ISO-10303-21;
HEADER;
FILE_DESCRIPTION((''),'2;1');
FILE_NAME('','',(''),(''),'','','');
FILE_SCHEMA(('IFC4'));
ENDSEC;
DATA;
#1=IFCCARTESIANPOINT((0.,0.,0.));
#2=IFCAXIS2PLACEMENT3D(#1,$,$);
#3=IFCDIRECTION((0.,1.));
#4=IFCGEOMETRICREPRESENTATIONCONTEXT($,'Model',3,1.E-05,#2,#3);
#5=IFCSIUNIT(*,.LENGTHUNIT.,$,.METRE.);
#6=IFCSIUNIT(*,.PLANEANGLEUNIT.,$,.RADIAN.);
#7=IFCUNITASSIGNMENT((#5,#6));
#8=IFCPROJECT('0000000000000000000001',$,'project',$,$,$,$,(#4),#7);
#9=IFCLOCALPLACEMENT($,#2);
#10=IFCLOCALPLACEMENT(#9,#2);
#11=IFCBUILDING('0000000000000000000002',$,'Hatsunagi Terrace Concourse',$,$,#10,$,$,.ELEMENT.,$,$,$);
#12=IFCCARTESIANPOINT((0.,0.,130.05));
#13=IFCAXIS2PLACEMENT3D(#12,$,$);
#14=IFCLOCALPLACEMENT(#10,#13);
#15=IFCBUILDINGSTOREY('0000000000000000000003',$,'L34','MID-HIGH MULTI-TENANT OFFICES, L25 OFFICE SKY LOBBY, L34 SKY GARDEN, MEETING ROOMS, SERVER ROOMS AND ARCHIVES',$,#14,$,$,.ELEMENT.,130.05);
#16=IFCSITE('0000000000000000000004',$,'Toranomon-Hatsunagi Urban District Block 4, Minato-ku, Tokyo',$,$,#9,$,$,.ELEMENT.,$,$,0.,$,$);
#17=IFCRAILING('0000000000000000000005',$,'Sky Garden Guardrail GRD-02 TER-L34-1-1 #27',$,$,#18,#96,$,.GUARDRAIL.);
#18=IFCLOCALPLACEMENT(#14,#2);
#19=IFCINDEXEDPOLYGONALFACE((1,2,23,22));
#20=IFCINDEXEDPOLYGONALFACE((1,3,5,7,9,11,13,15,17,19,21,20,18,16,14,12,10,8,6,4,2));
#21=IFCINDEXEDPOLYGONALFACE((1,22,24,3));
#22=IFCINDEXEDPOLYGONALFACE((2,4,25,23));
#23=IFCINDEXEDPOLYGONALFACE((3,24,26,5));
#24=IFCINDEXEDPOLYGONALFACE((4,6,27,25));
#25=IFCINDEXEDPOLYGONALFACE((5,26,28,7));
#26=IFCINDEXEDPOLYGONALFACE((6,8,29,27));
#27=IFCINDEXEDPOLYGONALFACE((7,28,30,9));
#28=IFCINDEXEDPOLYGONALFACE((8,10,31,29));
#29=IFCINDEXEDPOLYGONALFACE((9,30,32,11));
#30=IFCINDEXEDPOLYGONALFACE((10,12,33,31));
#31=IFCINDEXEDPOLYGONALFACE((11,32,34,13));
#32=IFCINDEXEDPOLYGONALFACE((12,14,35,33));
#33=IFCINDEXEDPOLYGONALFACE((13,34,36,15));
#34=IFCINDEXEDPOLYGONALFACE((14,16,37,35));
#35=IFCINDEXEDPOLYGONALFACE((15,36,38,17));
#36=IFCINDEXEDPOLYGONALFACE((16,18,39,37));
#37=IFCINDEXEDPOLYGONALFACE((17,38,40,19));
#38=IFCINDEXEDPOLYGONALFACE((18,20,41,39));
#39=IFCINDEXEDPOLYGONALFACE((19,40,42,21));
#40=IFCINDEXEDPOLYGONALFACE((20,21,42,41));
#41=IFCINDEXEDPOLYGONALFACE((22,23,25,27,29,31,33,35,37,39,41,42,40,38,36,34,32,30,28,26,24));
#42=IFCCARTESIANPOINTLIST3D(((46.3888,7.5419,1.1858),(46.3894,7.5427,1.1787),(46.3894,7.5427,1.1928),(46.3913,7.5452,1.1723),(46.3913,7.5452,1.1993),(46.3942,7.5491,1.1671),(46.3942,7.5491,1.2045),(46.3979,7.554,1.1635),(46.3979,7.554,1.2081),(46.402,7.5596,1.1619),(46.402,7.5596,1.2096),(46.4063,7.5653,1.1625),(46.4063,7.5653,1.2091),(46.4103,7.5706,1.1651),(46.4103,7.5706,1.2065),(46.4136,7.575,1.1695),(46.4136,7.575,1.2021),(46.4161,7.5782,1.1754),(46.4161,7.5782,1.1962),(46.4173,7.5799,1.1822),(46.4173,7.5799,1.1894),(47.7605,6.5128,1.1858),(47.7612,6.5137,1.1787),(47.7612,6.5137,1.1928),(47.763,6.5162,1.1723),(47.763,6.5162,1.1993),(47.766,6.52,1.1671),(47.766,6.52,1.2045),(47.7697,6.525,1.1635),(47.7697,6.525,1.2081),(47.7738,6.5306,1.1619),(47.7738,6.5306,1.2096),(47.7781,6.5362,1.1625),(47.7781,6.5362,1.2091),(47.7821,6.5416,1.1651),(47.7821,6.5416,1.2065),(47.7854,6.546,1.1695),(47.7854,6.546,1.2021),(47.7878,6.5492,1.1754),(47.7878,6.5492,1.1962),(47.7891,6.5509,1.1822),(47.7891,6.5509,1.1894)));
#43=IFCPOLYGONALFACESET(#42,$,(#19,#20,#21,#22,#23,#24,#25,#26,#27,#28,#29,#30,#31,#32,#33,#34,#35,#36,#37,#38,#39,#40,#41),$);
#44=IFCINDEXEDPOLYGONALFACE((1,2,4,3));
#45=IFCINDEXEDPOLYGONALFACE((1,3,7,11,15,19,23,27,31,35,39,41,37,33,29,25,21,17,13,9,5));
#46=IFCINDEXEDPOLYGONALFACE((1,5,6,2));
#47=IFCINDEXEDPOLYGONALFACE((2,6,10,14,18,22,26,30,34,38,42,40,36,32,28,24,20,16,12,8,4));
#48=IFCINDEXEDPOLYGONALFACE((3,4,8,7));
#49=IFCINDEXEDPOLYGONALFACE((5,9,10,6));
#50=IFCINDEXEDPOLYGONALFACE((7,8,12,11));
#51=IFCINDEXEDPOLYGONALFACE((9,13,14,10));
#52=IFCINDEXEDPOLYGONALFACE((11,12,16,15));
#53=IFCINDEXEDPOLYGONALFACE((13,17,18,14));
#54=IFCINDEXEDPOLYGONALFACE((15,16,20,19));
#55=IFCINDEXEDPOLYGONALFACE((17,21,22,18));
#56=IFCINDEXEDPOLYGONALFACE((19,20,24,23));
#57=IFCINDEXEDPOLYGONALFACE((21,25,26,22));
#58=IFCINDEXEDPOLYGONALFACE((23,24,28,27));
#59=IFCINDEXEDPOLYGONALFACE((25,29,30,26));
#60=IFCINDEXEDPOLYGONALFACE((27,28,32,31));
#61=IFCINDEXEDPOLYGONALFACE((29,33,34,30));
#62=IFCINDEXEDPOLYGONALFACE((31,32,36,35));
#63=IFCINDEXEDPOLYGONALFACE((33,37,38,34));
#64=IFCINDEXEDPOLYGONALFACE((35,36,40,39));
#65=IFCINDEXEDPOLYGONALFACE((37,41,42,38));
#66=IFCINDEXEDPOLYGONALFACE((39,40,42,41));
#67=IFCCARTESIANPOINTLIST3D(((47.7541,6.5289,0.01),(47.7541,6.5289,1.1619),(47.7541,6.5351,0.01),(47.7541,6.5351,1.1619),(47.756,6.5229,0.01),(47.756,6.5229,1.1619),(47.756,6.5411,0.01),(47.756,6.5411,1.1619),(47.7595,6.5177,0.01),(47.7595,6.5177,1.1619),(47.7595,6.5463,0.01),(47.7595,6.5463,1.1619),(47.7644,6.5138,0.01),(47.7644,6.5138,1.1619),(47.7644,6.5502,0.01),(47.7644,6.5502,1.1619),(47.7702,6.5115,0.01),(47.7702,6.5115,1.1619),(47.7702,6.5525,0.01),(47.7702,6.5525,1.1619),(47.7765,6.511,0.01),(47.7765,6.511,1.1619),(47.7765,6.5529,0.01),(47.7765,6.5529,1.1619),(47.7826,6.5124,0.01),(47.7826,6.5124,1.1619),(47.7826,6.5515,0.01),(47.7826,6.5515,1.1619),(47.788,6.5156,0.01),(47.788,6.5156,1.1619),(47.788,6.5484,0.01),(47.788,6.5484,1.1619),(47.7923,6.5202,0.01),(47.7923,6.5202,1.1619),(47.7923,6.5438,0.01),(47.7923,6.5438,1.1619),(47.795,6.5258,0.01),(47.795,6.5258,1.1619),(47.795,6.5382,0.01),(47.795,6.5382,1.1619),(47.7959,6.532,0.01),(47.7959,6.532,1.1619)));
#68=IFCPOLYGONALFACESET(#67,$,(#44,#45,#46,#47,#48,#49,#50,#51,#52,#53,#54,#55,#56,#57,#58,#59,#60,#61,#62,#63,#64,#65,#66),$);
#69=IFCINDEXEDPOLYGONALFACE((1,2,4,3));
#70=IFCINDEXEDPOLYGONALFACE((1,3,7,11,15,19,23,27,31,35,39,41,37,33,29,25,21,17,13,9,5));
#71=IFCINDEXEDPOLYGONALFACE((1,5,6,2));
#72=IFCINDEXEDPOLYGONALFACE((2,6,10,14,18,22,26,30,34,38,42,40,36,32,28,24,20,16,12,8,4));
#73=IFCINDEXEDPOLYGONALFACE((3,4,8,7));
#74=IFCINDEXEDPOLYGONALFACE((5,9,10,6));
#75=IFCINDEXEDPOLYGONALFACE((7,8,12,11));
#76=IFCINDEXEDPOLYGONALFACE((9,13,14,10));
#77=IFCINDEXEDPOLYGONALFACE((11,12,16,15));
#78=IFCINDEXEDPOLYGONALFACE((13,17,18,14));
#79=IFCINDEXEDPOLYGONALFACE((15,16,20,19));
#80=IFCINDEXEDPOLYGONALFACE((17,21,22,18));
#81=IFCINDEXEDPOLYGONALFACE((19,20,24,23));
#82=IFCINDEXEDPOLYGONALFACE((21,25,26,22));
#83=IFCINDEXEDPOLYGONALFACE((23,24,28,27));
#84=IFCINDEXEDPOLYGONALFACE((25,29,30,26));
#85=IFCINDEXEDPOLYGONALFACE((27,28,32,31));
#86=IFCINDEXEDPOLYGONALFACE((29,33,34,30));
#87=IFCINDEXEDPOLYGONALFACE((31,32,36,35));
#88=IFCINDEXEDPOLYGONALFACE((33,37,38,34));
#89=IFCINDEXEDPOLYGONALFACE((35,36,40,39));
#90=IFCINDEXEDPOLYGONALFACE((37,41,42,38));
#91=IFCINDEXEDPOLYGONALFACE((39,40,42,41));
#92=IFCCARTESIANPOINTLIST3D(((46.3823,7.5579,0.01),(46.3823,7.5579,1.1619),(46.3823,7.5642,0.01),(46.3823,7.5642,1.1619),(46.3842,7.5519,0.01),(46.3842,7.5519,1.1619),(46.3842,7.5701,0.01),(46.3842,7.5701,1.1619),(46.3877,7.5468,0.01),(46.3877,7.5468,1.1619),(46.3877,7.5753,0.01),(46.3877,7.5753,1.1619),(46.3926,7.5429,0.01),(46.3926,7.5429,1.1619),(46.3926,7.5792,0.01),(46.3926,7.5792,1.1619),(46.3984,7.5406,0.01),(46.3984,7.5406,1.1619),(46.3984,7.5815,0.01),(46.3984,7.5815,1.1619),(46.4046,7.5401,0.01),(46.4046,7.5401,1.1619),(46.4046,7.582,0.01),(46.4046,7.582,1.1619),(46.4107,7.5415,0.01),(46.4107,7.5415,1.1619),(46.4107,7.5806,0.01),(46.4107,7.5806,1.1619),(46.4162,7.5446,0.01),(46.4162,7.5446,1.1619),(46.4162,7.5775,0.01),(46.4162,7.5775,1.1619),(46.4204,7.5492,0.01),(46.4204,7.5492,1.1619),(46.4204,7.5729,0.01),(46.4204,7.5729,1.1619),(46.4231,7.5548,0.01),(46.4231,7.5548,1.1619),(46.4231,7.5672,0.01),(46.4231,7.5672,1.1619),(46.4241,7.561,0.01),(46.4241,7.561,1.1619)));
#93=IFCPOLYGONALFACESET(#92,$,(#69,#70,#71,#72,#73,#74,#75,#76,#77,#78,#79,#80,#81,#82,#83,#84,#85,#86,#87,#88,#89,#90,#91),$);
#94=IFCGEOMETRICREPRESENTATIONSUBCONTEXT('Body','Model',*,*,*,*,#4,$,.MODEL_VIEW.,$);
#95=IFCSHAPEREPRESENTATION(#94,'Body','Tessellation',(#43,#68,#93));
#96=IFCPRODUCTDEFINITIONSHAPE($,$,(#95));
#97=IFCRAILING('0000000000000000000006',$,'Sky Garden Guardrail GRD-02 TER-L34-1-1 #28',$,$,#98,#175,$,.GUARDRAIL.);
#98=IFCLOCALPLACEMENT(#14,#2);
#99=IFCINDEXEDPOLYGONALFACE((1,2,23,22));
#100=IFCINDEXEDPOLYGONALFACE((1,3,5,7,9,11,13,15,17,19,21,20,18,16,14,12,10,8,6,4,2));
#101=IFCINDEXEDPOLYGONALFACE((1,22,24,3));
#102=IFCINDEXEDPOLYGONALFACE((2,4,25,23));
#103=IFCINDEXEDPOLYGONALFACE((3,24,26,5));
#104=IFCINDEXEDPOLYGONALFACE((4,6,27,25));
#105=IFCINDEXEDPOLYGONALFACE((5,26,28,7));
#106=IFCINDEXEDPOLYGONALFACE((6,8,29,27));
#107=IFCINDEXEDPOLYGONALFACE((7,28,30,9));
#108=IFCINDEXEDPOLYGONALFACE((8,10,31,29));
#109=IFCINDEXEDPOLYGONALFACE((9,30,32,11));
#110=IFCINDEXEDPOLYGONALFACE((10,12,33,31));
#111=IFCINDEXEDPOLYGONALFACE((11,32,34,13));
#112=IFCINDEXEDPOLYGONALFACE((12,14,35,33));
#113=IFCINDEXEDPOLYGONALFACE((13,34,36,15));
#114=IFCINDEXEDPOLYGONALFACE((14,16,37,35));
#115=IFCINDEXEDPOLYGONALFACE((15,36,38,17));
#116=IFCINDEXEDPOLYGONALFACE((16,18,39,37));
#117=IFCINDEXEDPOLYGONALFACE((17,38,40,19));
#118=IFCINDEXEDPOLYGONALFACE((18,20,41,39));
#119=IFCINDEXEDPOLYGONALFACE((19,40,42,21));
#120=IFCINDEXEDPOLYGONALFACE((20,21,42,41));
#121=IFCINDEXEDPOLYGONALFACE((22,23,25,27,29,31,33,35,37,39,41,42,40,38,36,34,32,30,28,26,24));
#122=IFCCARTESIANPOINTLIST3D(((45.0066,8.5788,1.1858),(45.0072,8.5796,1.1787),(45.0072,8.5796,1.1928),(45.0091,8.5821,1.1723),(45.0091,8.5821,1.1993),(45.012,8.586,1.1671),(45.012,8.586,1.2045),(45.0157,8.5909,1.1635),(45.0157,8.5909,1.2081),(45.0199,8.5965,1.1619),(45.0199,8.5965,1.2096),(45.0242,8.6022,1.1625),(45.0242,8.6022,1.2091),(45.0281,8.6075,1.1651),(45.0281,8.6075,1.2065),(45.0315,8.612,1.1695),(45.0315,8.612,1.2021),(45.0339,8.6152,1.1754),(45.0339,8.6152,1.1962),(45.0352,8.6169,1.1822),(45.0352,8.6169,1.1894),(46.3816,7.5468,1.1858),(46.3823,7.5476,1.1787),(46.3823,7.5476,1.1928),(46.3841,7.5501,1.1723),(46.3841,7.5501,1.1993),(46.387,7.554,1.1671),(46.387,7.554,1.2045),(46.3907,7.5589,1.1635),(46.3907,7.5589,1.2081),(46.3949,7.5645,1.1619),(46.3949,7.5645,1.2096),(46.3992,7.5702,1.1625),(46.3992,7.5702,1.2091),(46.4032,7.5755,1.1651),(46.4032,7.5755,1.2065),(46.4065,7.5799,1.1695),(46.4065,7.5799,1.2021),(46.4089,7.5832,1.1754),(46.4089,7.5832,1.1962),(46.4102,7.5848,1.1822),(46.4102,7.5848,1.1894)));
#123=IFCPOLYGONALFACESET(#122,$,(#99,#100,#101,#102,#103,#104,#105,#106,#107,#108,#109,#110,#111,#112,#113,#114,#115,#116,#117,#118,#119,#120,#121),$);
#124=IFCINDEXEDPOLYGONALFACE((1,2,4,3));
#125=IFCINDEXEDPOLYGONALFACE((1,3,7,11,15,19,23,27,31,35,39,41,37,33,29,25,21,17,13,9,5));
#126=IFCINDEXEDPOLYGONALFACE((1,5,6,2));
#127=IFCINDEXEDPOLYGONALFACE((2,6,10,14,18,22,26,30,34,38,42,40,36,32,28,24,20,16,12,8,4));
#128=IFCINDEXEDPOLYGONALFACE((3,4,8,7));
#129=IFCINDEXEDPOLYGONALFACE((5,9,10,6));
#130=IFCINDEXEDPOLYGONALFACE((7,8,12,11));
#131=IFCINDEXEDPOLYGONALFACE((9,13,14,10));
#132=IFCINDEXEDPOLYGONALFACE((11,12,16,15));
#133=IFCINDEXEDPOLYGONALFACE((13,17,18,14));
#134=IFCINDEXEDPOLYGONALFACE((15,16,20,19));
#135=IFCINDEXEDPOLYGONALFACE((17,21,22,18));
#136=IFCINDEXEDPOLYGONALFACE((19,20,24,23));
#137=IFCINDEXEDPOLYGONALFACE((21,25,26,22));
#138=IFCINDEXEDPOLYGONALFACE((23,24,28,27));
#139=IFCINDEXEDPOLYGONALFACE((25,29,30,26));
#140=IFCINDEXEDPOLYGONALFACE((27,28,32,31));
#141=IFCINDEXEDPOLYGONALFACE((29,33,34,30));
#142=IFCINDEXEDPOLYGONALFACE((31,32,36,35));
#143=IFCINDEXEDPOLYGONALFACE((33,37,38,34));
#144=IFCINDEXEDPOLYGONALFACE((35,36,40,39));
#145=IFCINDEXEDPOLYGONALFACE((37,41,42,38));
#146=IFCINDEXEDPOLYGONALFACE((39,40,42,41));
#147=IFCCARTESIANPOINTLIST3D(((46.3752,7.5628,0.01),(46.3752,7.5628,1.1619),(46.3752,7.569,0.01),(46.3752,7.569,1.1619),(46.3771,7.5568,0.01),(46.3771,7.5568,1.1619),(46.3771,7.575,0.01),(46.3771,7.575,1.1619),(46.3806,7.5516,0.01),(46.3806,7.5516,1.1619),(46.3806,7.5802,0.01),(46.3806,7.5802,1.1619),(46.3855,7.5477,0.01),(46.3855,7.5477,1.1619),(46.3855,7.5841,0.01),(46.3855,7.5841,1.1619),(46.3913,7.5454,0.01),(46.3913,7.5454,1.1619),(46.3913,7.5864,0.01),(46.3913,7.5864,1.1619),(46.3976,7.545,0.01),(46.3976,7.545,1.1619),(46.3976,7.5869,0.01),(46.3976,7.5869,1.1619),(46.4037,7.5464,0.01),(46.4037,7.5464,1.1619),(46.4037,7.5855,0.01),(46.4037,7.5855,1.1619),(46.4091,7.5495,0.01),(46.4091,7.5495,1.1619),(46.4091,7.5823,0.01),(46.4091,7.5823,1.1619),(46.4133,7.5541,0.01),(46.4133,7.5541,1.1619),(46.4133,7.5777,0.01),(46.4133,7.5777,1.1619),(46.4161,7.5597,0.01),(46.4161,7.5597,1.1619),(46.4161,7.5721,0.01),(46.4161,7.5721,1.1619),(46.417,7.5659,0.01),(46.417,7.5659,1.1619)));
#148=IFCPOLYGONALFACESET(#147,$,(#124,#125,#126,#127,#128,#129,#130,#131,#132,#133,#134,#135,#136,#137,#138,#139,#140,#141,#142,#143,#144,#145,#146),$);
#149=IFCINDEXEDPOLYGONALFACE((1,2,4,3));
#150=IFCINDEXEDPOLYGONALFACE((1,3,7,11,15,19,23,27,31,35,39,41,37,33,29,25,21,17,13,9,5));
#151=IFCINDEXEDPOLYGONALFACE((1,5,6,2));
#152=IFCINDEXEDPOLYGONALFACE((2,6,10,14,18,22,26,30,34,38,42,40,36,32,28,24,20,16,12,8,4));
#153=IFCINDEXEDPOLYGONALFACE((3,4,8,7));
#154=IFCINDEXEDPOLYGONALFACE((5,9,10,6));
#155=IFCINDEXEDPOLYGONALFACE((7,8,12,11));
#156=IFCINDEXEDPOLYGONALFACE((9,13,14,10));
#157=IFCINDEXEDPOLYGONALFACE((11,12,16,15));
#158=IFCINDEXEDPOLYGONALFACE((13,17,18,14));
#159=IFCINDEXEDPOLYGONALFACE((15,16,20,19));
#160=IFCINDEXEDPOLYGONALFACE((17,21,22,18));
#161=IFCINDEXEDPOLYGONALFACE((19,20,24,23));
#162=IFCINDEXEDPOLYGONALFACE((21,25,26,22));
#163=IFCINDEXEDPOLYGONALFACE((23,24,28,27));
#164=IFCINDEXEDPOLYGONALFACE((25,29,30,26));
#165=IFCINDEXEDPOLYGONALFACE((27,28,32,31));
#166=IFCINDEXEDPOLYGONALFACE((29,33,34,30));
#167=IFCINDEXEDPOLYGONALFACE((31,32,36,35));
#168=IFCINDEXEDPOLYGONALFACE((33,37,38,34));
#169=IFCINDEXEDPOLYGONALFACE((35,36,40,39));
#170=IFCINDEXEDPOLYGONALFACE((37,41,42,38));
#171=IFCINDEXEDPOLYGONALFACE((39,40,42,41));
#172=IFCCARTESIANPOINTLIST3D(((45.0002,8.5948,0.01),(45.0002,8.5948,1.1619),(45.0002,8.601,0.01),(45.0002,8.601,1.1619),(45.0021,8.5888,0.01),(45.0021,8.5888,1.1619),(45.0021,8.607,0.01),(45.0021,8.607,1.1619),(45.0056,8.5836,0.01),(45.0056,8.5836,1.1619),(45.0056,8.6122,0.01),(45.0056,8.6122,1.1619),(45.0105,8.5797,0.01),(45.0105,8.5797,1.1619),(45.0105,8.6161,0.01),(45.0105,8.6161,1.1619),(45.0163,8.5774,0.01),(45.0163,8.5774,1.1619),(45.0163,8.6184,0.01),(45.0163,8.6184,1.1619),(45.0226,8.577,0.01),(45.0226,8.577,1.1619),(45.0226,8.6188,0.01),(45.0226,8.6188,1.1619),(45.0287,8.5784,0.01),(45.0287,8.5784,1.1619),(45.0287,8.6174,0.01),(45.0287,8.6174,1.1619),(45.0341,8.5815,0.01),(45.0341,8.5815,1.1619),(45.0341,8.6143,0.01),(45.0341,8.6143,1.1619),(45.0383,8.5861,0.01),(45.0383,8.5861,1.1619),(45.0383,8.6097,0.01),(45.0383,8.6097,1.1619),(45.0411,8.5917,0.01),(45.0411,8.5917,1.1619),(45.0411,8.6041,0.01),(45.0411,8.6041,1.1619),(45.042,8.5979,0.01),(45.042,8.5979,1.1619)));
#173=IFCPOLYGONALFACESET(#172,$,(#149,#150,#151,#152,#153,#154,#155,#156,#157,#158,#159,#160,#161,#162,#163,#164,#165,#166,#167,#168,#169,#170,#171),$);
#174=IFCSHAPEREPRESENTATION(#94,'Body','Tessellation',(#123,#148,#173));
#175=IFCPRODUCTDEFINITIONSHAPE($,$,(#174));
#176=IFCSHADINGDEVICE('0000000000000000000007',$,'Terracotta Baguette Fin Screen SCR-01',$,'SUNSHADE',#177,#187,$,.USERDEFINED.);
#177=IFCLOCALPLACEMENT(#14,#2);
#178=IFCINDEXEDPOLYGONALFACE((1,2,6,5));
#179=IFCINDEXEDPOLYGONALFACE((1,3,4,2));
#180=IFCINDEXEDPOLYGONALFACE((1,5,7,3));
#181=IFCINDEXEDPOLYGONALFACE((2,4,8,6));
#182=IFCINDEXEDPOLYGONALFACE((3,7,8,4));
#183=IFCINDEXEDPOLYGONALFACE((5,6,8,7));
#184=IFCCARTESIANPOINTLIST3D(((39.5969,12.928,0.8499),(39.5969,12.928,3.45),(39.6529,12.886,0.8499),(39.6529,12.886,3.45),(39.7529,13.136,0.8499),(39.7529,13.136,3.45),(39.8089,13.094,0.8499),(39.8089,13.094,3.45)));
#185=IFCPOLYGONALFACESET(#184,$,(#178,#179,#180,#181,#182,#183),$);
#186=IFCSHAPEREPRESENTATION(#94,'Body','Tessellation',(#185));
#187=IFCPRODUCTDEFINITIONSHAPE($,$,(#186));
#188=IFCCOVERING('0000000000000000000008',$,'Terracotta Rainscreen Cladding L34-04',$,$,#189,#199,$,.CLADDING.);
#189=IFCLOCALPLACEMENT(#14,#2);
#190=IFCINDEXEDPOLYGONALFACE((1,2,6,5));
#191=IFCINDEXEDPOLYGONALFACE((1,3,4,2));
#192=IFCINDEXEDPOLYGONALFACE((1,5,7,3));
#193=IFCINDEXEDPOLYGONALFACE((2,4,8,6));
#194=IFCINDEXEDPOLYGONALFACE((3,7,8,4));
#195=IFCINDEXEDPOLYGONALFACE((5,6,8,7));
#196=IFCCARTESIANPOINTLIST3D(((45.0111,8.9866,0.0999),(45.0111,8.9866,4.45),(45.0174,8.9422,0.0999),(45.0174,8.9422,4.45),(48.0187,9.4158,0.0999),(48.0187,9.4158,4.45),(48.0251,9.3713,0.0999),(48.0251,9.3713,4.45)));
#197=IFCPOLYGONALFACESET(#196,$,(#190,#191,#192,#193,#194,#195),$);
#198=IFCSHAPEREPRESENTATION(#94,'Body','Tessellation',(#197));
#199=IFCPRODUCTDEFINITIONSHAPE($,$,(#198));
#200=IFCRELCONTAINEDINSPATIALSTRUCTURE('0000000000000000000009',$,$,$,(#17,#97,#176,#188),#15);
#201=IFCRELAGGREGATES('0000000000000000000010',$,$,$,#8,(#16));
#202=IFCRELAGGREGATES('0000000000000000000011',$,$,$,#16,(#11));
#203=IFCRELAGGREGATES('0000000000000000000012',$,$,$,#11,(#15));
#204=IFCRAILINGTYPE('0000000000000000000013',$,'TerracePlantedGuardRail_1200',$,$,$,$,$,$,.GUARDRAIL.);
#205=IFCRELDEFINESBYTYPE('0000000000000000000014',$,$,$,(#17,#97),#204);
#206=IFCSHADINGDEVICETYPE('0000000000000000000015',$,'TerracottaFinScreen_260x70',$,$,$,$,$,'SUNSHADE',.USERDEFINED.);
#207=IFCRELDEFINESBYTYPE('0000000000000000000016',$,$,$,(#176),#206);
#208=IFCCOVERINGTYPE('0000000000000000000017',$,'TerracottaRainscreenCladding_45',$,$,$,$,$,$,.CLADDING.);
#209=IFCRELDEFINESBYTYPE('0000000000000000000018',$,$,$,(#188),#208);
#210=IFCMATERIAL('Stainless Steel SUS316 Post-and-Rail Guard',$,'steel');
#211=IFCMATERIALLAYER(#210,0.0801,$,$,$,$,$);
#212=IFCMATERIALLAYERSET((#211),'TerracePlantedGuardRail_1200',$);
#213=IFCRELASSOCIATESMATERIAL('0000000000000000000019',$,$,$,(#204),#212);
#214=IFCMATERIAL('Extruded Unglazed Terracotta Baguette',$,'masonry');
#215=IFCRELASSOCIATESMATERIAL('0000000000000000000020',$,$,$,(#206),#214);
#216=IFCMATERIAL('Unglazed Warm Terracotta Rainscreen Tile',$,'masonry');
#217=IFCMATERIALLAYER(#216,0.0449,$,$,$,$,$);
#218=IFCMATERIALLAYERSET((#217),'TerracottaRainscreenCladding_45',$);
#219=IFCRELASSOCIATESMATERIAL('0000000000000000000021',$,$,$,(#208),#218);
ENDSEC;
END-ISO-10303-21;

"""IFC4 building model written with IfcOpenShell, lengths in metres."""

from ifc_helpers import new_model, si_unit, direction, frame, origin, origin_2d, place, context, subcontext, project, spatial, rectangle, circle, extrude, material, layer, layer_set, type_object, element, save


model = new_model("IFC4")

# Units and contexts
model_context = context("Model", 3, precision=1e-05, world=origin(), true_north=direction((0.0, 1.0)))
body_context = subcontext(model_context, "Body", "Model", "MODEL_VIEW")
ifc_project = project(units=[si_unit("LENGTHUNIT", "METRE"), si_unit("PLANEANGLEUNIT", "RADIAN")], contexts=[model_context])

# Site, building, storey
site_placement = place(None, origin())
site = spatial("IfcSite", under=ifc_project, at=site_placement, Name="Toranomon-Hatsunagi Urban District Block 4, Minato-ku, Tokyo", CompositionType="ELEMENT", RefElevation=0.0)
building_placement = place(site_placement, origin())
building = spatial("IfcBuilding", under=site, at=building_placement, Name="Hatsunagi Terrace Concourse", CompositionType="ELEMENT")
storey_placement = place(building_placement, frame((0.0, 0.0, 130.05)))
storey = spatial("IfcBuildingStorey", under=building, at=storey_placement, Name="L34", Description="MID-HIGH MULTI-TENANT OFFICES, L25 OFFICE SKY LOBBY, L34 SKY GARDEN, MEETING ROOMS, SERVER ROOMS AND ARCHIVES", CompositionType="ELEMENT", Elevation=130.05)

# Railings
ifc_material_1 = material(Name="Stainless Steel SUS316 Post-and-Rail Guard", Category="steel")
ifc_layer_1 = layer(ifc_material_1, 0.0801)
ifc_layer_set_1 = layer_set([ifc_layer_1], Name="TerracePlantedGuardRail_1200")
railing_type = type_object("IfcRailingType", Name="TerracePlantedGuardRail_1200", PredefinedType="GUARDRAIL", material=ifc_layer_set_1)
railing_1_placement = place(storey_placement, frame((47.7749, 6.532, 0.01)))
element("IfcRailing", 1, at=railing_1_placement, inside=storey, type_object=railing_type, Name="Sky Garden Guardrail GRD-02 TER-L34-1-1 #27", PredefinedType="GUARDRAIL", context=body_context, shape_type="SweptSolid", body=[
    extrude(circle(Radius=0.0239, at=origin_2d()), frame((0.0, 0.0, 1.1758), z_axis=(-0.799949, 0.600068, 0.0), x_axis=(-0.600068, -0.799949, 0.0)), (0.0, 0.0, 1.0), 1.7148),
    extrude(circle(Radius=0.021, at=origin_2d()), origin(), (0.0, 0.0, 1.0), 1.1519),
    extrude(circle(Radius=0.021, at=origin_2d()), frame((-1.3718, 1.0291, 0.0)), (0.0, 0.0, 1.0), 1.1519),
])
railing_2_placement = place(storey_placement, frame((46.396, 7.5659, 0.01)))
element("IfcRailing", 2, at=railing_2_placement, inside=storey, type_object=railing_type, Name="Sky Garden Guardrail GRD-02 TER-L34-1-1 #28", PredefinedType="GUARDRAIL", context=body_context, shape_type="SweptSolid", body=[
    extrude(circle(Radius=0.0239, at=origin_2d()), frame((0.0, 0.0, 1.1758), z_axis=(-0.799795, 0.600273, 0.0), x_axis=(-0.600273, -0.799795, 0.0)), (0.0, 0.0, 1.0), 1.7192),
    extrude(circle(Radius=0.021, at=origin_2d()), origin(), (0.0, 0.0, 1.0), 1.1519),
    extrude(circle(Radius=0.021, at=origin_2d()), frame((-1.375, 1.032, 0.0)), (0.0, 0.0, 1.0), 1.1519),
])

# Shading device
ifc_material_2 = material(Name="Extruded Unglazed Terracotta Baguette", Category="masonry")
shading_device_type = type_object("IfcShadingDeviceType", Name="TerracottaFinScreen_260x70", ElementType="SUNSHADE", PredefinedType="USERDEFINED", material=ifc_material_2)
shading_device_placement = place(storey_placement, frame((39.7029, 13.011, 0.8499), z_axis=(0.0, 0.0, 1.0), x_axis=(-0.800005, 0.599993, 0.0)))
element("IfcShadingDevice", 3, at=shading_device_placement, inside=storey, type_object=shading_device_type, Name="Terracotta Baguette Fin Screen SCR-01", ObjectType="SUNSHADE", PredefinedType="USERDEFINED", context=body_context, shape_type="SweptSolid", body=[
    extrude(rectangle(XDim=0.0701, YDim=0.26, at=origin_2d()), origin(), (0.0, 0.0, 1.0), 2.6001),
])

# Covering
ifc_material_3 = material(Name="Unglazed Warm Terracotta Rainscreen Tile", Category="masonry")
ifc_layer_2 = layer(ifc_material_3, 0.0449)
ifc_layer_set_2 = layer_set([ifc_layer_2], Name="TerracottaRainscreenCladding_45")
covering_type = type_object("IfcCoveringType", Name="TerracottaRainscreenCladding_45", PredefinedType="CLADDING", material=ifc_layer_set_2)
covering_placement = place(storey_placement, frame((46.5181, 9.179, 0.0999), z_axis=(0.0, 0.0, 1.0), x_axis=(-0.989974, -0.14125, 0.0)))
element("IfcCovering", 4, at=covering_placement, inside=storey, type_object=covering_type, Name="Terracotta Rainscreen Cladding L34-04", PredefinedType="CLADDING", context=body_context, shape_type="SweptSolid", body=[
    extrude(rectangle(XDim=3.0381, YDim=0.0449, at=origin_2d()), origin(), (0.0, 0.0, 1.0), 4.3501),
])

save(model, "model.ifc")
